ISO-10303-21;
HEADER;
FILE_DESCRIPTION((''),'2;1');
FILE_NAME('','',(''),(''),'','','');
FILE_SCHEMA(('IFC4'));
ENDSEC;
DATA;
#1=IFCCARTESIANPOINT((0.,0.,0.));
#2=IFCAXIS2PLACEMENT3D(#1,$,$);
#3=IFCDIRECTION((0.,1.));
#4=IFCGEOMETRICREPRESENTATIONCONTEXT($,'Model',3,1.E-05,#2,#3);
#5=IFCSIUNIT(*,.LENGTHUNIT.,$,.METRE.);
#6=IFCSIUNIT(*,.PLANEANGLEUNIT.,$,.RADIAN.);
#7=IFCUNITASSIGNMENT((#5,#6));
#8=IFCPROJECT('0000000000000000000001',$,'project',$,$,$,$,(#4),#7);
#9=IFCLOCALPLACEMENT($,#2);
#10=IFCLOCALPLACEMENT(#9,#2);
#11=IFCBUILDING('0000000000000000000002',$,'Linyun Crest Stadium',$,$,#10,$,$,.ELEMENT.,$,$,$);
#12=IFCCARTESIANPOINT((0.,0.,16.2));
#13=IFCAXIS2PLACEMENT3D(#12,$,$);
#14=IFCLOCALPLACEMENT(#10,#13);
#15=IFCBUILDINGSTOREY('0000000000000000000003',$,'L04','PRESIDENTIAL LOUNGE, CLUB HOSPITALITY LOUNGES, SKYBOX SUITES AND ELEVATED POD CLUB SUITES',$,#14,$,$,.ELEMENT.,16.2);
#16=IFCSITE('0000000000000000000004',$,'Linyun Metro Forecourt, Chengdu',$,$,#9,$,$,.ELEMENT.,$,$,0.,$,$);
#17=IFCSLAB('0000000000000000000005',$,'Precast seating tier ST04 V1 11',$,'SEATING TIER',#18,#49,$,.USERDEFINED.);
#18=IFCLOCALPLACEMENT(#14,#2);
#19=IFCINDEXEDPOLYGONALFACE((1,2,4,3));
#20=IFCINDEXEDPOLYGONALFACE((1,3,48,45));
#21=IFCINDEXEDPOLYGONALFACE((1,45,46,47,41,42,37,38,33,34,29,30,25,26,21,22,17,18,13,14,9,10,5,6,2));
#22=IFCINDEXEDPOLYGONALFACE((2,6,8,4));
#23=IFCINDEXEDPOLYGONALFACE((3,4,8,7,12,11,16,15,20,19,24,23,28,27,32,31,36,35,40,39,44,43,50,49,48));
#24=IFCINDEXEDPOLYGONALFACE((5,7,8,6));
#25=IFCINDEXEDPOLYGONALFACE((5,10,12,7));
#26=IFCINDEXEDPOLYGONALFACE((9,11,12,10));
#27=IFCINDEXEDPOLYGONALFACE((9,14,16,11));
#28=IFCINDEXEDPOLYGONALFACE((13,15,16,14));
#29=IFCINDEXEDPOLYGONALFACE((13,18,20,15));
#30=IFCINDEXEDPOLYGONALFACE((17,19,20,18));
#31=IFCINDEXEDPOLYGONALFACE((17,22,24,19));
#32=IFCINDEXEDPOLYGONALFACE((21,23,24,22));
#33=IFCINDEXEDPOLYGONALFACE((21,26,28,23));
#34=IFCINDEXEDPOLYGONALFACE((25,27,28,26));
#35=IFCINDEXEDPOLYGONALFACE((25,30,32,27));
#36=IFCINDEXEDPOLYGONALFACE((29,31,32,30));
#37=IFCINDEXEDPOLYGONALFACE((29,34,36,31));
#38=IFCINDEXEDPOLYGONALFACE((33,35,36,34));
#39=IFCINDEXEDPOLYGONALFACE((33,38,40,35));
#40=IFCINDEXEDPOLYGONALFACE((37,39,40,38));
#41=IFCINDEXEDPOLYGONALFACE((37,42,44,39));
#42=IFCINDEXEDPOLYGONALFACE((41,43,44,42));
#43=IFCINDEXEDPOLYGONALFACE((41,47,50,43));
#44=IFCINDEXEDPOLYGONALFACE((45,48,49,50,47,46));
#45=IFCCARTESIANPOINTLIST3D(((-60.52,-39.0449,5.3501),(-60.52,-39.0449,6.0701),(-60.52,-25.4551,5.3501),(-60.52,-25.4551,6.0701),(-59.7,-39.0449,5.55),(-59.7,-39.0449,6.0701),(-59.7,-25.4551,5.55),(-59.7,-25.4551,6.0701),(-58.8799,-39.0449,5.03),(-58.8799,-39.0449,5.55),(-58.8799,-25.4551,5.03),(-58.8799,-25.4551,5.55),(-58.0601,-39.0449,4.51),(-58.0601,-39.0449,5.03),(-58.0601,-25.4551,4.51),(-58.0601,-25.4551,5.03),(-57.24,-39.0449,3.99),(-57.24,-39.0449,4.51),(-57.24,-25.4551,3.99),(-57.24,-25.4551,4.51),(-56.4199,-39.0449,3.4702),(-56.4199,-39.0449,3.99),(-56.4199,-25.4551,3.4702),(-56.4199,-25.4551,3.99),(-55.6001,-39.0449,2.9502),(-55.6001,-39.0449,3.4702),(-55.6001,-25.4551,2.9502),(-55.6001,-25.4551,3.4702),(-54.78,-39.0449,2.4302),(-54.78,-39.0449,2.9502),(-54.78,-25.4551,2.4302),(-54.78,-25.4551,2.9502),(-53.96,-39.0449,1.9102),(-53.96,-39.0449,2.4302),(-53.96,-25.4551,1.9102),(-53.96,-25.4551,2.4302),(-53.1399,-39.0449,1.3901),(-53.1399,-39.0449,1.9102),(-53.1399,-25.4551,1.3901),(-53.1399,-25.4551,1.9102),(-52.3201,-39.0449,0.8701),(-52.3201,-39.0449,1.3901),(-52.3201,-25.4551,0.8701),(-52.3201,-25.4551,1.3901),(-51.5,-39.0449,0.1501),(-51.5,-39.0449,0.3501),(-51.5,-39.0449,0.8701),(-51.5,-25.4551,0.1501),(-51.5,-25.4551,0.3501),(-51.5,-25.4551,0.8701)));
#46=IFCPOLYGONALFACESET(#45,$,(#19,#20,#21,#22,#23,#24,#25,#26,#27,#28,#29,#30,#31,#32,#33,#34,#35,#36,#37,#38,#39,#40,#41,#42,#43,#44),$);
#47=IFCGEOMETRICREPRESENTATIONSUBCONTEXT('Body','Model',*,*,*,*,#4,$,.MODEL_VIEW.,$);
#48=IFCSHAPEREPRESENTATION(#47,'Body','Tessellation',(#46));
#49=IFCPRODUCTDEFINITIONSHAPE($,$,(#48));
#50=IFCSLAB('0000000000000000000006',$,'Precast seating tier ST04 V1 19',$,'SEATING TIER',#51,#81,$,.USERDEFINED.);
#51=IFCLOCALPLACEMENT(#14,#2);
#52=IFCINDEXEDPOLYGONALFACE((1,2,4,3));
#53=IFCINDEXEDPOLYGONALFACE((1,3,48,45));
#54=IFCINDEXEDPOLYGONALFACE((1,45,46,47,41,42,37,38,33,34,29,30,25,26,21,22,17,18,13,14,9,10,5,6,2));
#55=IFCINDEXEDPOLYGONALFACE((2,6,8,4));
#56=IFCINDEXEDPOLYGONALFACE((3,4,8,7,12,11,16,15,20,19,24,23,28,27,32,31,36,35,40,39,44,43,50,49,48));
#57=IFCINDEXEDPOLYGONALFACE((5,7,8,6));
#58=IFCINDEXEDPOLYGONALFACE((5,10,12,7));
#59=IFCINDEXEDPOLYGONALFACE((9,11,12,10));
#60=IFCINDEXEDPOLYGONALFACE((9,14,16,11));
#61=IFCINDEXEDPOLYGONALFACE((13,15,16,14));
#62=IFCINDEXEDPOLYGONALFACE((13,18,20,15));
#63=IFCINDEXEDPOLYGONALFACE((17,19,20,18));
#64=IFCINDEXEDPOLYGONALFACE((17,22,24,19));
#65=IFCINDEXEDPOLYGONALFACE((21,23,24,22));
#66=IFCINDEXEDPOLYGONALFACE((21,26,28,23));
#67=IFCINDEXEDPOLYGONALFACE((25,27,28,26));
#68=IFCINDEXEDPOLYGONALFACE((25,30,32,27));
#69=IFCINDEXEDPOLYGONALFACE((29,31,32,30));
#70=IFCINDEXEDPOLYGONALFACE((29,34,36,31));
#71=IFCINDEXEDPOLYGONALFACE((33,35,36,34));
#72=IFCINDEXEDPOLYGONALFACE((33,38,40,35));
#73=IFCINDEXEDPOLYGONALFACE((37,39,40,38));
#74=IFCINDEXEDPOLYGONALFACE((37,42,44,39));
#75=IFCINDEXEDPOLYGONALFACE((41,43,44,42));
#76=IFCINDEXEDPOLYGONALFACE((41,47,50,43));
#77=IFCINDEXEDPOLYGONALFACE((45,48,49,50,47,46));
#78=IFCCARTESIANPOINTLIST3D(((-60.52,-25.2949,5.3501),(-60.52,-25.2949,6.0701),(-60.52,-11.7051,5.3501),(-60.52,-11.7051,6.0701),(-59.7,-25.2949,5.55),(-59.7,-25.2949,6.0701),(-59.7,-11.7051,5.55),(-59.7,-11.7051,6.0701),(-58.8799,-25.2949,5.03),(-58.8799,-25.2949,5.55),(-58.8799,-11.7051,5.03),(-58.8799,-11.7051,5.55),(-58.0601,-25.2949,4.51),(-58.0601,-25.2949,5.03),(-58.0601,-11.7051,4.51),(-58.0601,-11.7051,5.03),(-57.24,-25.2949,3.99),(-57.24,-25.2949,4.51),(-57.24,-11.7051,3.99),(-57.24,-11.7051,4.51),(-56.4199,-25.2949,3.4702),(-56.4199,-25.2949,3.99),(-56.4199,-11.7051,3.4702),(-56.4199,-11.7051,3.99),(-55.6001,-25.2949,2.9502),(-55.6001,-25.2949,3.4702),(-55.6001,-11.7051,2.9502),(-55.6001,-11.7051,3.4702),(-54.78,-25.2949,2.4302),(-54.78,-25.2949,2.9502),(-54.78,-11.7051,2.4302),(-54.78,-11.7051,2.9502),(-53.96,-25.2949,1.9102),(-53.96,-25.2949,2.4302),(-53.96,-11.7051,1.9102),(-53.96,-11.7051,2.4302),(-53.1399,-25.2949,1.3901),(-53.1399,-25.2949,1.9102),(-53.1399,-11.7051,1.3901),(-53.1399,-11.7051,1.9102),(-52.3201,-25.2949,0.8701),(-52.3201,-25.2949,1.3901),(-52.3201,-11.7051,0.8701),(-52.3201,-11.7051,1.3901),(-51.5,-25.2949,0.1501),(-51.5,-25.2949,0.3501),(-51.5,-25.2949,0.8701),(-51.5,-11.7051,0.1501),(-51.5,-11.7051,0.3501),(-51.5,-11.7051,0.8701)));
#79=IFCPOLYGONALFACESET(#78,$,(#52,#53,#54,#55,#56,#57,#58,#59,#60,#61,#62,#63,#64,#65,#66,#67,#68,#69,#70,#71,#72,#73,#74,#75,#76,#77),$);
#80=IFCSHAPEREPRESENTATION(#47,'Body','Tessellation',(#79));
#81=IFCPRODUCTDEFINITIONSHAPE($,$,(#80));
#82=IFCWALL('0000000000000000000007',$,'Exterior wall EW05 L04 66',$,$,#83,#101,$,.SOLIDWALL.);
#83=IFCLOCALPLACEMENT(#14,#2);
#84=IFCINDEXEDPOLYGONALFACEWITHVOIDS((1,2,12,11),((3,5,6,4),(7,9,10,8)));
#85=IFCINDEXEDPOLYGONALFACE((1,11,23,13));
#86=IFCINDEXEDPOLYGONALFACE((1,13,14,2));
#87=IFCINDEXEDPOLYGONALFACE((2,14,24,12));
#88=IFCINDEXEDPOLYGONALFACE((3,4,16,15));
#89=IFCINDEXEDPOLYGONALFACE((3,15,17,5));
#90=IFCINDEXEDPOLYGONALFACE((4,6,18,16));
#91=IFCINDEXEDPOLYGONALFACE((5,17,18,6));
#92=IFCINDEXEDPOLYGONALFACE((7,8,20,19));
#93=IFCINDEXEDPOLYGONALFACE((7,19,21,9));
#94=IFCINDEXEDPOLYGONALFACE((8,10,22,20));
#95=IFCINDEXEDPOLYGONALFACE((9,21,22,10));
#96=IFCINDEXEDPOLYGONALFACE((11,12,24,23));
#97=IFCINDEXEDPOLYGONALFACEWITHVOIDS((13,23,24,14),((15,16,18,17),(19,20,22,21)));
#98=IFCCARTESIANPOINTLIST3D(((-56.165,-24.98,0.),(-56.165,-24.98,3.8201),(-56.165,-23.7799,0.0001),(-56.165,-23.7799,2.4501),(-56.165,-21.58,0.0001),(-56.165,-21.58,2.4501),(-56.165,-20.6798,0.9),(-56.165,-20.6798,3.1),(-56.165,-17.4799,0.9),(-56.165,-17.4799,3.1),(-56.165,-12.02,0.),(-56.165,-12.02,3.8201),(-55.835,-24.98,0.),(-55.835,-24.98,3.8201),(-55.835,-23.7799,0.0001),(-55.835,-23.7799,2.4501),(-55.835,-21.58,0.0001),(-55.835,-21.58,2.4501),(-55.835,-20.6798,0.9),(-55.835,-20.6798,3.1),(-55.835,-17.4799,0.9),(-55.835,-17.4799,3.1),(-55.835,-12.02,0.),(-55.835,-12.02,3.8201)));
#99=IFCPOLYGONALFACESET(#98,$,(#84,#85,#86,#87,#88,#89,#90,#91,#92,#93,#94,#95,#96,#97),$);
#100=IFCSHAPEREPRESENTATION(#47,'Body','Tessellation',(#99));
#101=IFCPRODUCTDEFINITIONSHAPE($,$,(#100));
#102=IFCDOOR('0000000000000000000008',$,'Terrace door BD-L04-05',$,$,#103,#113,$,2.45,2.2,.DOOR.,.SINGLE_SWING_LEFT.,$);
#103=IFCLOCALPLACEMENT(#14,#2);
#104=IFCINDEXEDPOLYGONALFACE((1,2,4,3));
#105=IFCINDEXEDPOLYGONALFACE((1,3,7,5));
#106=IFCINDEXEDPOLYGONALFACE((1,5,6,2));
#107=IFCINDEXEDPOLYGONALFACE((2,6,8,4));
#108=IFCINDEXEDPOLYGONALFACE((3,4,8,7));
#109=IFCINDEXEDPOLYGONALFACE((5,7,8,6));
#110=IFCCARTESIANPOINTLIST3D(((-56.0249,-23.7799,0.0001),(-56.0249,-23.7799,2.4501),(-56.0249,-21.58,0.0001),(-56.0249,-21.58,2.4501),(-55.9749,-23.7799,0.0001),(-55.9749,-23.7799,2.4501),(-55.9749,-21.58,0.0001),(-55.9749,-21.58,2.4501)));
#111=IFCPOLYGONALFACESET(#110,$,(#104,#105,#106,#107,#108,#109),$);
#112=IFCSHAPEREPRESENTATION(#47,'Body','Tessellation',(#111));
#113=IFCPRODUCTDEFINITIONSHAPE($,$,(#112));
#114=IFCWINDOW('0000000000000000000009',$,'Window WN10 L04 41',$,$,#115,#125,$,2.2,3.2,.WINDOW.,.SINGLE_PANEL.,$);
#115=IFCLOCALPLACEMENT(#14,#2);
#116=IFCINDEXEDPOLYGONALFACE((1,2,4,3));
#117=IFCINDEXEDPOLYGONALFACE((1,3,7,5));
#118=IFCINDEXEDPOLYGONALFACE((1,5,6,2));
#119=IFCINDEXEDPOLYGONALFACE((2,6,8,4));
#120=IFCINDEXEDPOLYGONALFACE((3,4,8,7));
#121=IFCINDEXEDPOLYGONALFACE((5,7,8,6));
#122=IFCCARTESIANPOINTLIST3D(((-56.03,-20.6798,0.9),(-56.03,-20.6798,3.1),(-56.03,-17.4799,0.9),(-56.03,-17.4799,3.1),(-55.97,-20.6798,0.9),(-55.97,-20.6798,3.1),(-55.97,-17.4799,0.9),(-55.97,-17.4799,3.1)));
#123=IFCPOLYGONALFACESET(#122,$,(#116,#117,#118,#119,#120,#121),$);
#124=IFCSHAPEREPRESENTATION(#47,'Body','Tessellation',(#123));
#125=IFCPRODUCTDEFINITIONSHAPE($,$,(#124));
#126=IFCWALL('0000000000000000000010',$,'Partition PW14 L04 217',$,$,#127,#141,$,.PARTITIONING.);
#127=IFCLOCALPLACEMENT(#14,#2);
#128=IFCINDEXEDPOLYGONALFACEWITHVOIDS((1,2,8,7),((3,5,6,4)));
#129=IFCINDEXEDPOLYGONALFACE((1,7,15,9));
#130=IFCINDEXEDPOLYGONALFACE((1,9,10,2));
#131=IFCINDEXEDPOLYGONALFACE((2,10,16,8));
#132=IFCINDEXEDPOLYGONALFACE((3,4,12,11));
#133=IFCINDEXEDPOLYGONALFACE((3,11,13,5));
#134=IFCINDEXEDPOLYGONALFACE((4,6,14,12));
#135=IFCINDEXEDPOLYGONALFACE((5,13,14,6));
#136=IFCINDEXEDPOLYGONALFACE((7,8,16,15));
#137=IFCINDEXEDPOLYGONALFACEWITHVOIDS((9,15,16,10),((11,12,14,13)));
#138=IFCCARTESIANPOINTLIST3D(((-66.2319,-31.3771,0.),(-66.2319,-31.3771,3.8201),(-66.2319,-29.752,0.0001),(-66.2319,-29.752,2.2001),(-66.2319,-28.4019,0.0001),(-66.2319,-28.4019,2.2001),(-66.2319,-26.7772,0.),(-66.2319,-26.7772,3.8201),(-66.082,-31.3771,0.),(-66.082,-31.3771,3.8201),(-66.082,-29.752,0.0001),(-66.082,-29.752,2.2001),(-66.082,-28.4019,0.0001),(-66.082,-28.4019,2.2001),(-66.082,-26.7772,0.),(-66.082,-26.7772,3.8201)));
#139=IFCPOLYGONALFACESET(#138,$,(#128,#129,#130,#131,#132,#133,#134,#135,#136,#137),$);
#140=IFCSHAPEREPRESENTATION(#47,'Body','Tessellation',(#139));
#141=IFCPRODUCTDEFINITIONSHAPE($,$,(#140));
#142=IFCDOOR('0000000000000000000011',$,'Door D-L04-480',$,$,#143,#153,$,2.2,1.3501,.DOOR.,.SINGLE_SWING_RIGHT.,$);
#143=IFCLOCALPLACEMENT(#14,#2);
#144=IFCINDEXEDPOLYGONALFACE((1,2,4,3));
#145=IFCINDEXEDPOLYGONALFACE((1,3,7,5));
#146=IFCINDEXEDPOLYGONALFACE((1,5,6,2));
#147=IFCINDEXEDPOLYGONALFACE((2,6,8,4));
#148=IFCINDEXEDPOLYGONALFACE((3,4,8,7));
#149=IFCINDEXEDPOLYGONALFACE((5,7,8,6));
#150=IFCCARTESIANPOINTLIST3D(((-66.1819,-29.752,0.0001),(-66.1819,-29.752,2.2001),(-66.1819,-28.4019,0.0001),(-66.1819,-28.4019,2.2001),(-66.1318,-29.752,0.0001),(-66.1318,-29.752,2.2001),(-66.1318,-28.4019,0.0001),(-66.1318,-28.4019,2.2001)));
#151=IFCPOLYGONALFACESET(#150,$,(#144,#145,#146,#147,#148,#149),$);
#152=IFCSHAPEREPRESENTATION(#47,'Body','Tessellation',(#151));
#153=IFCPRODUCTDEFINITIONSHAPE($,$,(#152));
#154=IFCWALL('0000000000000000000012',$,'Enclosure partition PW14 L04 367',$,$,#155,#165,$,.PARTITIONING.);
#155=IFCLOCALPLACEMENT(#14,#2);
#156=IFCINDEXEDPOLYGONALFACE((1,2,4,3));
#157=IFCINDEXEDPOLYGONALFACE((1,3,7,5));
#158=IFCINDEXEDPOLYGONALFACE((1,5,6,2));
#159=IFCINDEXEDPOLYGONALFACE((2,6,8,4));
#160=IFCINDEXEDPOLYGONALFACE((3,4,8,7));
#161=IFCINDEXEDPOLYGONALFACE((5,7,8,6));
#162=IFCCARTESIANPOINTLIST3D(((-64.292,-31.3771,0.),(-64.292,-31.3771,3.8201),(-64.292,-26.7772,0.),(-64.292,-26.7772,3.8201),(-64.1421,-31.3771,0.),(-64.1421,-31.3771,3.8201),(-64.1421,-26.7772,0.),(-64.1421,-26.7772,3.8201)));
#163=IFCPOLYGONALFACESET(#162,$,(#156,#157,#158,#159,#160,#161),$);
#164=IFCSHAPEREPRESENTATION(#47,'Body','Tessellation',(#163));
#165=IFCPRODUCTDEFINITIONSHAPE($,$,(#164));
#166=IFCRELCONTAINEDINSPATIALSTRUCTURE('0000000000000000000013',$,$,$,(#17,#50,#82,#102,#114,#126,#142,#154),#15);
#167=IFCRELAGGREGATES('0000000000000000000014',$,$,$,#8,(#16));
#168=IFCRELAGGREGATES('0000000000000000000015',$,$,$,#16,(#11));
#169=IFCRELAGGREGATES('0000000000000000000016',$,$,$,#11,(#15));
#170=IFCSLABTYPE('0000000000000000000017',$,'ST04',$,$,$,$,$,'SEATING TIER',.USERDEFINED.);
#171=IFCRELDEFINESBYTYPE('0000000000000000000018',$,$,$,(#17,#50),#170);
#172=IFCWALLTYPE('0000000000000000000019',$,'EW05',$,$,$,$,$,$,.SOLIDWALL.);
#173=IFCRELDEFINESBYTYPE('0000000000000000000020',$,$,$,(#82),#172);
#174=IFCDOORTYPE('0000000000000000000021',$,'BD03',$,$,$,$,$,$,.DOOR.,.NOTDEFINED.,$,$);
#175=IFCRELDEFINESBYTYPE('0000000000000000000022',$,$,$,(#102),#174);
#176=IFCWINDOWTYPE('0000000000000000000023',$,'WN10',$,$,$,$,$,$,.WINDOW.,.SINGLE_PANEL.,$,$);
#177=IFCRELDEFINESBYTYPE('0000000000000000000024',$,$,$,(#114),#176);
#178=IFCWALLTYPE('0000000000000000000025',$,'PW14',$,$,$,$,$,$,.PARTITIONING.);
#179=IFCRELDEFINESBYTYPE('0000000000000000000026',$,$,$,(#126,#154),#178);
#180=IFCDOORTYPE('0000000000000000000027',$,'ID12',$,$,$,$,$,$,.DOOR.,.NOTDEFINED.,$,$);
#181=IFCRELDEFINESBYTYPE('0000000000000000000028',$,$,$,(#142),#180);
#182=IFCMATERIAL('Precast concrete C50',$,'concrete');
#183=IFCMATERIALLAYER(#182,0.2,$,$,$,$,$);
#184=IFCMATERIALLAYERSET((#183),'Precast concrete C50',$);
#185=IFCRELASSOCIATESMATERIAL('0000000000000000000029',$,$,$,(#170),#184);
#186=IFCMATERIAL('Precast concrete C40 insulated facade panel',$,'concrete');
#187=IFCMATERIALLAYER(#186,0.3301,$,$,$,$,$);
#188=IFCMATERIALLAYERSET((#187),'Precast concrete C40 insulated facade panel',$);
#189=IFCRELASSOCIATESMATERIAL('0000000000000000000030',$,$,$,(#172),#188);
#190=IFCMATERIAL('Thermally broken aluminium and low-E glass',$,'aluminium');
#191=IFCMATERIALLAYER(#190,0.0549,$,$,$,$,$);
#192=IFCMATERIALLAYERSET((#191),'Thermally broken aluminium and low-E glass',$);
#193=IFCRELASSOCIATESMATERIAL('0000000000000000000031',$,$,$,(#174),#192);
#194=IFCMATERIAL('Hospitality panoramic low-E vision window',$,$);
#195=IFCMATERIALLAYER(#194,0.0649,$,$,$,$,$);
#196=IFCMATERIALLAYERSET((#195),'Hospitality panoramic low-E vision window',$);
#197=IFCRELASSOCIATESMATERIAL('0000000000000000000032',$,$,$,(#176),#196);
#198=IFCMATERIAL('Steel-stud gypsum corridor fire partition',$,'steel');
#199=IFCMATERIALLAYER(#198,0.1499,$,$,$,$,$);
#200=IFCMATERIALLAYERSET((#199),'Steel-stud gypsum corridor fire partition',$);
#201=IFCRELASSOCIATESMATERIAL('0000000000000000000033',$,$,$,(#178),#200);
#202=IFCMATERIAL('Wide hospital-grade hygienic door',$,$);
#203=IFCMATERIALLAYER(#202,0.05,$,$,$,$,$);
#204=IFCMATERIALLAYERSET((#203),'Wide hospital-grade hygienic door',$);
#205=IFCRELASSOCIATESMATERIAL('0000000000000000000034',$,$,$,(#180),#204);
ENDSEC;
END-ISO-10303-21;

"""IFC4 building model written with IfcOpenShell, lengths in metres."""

from ifc_helpers import new_model, si_unit, direction, frame, frame_2d, origin, place, context, subcontext, project, spatial, polyline, rectangle, outline, extrude, material, layer, layer_set, type_object, element, fill, save


model = new_model("IFC4")

# Units and contexts
model_context = context("Model", 3, precision=1e-05, world=origin(), true_north=direction((0.0, 1.0)))
body_context = subcontext(model_context, "Body", "Model", "MODEL_VIEW")
ifc_project = project(units=[si_unit("LENGTHUNIT", "METRE"), si_unit("PLANEANGLEUNIT", "RADIAN")], contexts=[model_context])

# Site, building, storey
site_placement = place(None, origin())
site = spatial("IfcSite", under=ifc_project, at=site_placement, Name="Linyun Metro Forecourt, Chengdu", CompositionType="ELEMENT", RefElevation=0.0)
building_placement = place(site_placement, origin())
building = spatial("IfcBuilding", under=site, at=building_placement, Name="Linyun Crest Stadium", CompositionType="ELEMENT")
storey_placement = place(building_placement, frame((0.0, 0.0, 16.2)))
storey = spatial("IfcBuildingStorey", under=building, at=storey_placement, Name="L04", Description="PRESIDENTIAL LOUNGE, CLUB HOSPITALITY LOUNGES, SKYBOX SUITES AND ELEVATED POD CLUB SUITES", CompositionType="ELEMENT", Elevation=16.2)

# Slabs
ifc_material_1 = material(Name="Precast concrete C50", Category="concrete")
ifc_layer_1 = layer(ifc_material_1, 0.2)
ifc_layer_set_1 = layer_set([ifc_layer_1], Name="Precast concrete C50")
slab_type = type_object("IfcSlabType", Name="ST04", ElementType="SEATING TIER", PredefinedType="USERDEFINED", material=ifc_layer_set_1)
for number, where, z_axis, x_axis, name in (
    (1, (-51.5, -39.0449, 0.3501), (0.0, 0.0, 1.0), (-1.0, 0.0, 0.0), "Precast seating tier ST04 V1 11"),
    (2, (-51.5, -25.2949, 0.3501), (0.0, 0.0, 1.0), (-1.0, 0.0, 0.0), "Precast seating tier ST04 V1 19"),
):
    element("IfcSlab", number, at=place(storey_placement, frame(where, z_axis=z_axis, x_axis=x_axis)), inside=storey, type_object=slab_type, Name=name, ObjectType="SEATING TIER", PredefinedType="USERDEFINED", context=body_context, shape_type="SweptSolid", body=[
        extrude(outline(polyline([(0.0, 0.0), (0.0, 0.52), (0.8201, 0.52), (0.8201, 1.04), (1.6399, 1.04), (1.6399, 1.5601), (2.46, 1.5601), (2.46, 2.0801), (3.28, 2.0801), (3.28, 2.6001), (4.1001, 2.6001), (4.1001, 3.1201), (4.9199, 3.1201), (4.9199, 3.6399), (5.74, 3.6399), (5.74, 4.1599), (6.5601, 4.1599), (6.5601, 4.6799), (7.3799, 4.6799), (7.3799, 5.2), (8.2, 5.2), (8.2, 5.72), (9.02, 5.72), (9.02, 5.0), (0.0, -0.2), (0.0, 0.0)])), frame((0.0, 0.0, 0.0), z_axis=(0.0, -1.0, 0.0), x_axis=(1.0, 0.0, 0.0)), (0.0, 0.0, 1.0), 13.5898),
    ])

# Wall, openings, door, window
ifc_material_2 = material(Name="Precast concrete C40 insulated facade panel", Category="concrete")
ifc_layer_2 = layer(ifc_material_2, 0.3301)
ifc_layer_set_2 = layer_set([ifc_layer_2], Name="Precast concrete C40 insulated facade panel")
wall_type_1 = type_object("IfcWallType", Name="EW05", PredefinedType="SOLIDWALL", material=ifc_layer_set_2)
wall_1_placement = place(storey_placement, frame((-56.0, -24.98, 0.0), z_axis=(0.0, 0.0, 1.0), x_axis=(0.0, 1.0, 0.0)))
wall_1 = element("IfcWall", 3, at=wall_1_placement, inside=storey, type_object=wall_type_1, Name="Exterior wall EW05 L04 66", PredefinedType="SOLIDWALL", context=body_context, shape_type="SweptSolid", body=[
    extrude(rectangle(XDim=12.96, YDim=0.3301, at=frame_2d((6.48, 0.0))), origin(), (0.0, 0.0, 1.0), 3.8201),
])
opening_1_placement = place(wall_1_placement, frame((1.2, 0.0, 0.0)))
opening_1 = element("IfcOpeningElement", 4, at=opening_1_placement, cuts=wall_1, PredefinedType="OPENING", context=body_context, shape_type="SweptSolid", body=[
    extrude(rectangle(XDim=2.2, YDim=2.45, at=frame_2d((1.1001, 1.2251))), frame((0.0, 0.175, 0.0), z_axis=(0.0, -1.0, 0.0), x_axis=(1.0, 0.0, 0.0)), (0.0, 0.0, 1.0), 0.3501),
])
opening_2_placement = place(wall_1_placement, frame((4.3, 0.0, 0.8999)))
opening_2 = element("IfcOpeningElement", 5, at=opening_2_placement, cuts=wall_1, PredefinedType="OPENING", context=body_context, shape_type="SweptSolid", body=[
    extrude(rectangle(XDim=3.2, YDim=2.2, at=frame_2d((1.6001, 1.1001))), frame((0.0, 0.175, 0.0), z_axis=(0.0, -1.0, 0.0), x_axis=(1.0, 0.0, 0.0)), (0.0, 0.0, 1.0), 0.3501),
])
ifc_material_3 = material(Name="Thermally broken aluminium and low-E glass", Category="aluminium")
ifc_layer_3 = layer(ifc_material_3, 0.0549)
ifc_layer_set_3 = layer_set([ifc_layer_3], Name="Thermally broken aluminium and low-E glass")
door_type_1 = type_object("IfcDoorType", Name="BD03", OperationType="NOTDEFINED", PredefinedType="DOOR", material=ifc_layer_set_3)
door_1_placement = place(opening_1_placement, origin())
door_1 = element("IfcDoor", 6, at=door_1_placement, inside=storey, type_object=door_type_1, Name="Terrace door BD-L04-05", OperationType="SINGLE_SWING_LEFT", OverallHeight=2.45, OverallWidth=2.2, PredefinedType="DOOR", context=body_context, shape_type="SweptSolid", body=[
    extrude(rectangle(XDim=2.2, YDim=2.45, at=frame_2d((1.1001, 1.2251))), frame((0.0, 0.0249, 0.0), z_axis=(0.0, -1.0, 0.0), x_axis=(1.0, 0.0, 0.0)), (0.0, 0.0, 1.0), 0.05),
])
fill(opening_1, door_1)
ifc_material_4 = material(Name="Hospitality panoramic low-E vision window")
ifc_layer_4 = layer(ifc_material_4, 0.0649)
ifc_layer_set_4 = layer_set([ifc_layer_4], Name="Hospitality panoramic low-E vision window")
window_type = type_object("IfcWindowType", Name="WN10", PartitioningType="SINGLE_PANEL", PredefinedType="WINDOW", material=ifc_layer_set_4)
window_placement = place(opening_2_placement, origin())
window = element("IfcWindow", 7, at=window_placement, inside=storey, type_object=window_type, Name="Window WN10 L04 41", OverallHeight=2.2, OverallWidth=3.2, PartitioningType="SINGLE_PANEL", PredefinedType="WINDOW", context=body_context, shape_type="SweptSolid", body=[
    extrude(rectangle(XDim=3.2, YDim=2.2, at=frame_2d((1.6001, 1.1001))), frame((0.0, 0.03, 0.0), z_axis=(0.0, -1.0, 0.0), x_axis=(1.0, 0.0, 0.0)), (0.0, 0.0, 1.0), 0.0601),
])
fill(opening_2, window)

# Wall, opening, door
ifc_material_5 = material(Name="Steel-stud gypsum corridor fire partition", Category="steel")
ifc_layer_5 = layer(ifc_material_5, 0.1499)
ifc_layer_set_5 = layer_set([ifc_layer_5], Name="Steel-stud gypsum corridor fire partition")
wall_type_2 = type_object("IfcWallType", Name="PW14", PredefinedType="PARTITIONING", material=ifc_layer_set_5)
wall_2_placement = place(storey_placement, frame((-66.157, -31.377, 0.0), z_axis=(0.0, 0.0, 1.0), x_axis=(0.0, 1.0, 0.0)))
wall_2 = element("IfcWall", 8, at=wall_2_placement, inside=storey, type_object=wall_type_2, Name="Partition PW14 L04 217", PredefinedType="PARTITIONING", context=body_context, shape_type="SweptSolid", body=[
    extrude(rectangle(XDim=4.5999, YDim=0.1499, at=frame_2d((2.2998, 0.0))), origin(), (0.0, 0.0, 1.0), 3.8201),
])
opening_3_placement = place(wall_2_placement, frame((1.625, 0.0, 0.0)))
opening_3 = element("IfcOpeningElement", 9, at=opening_3_placement, cuts=wall_2, PredefinedType="OPENING", context=body_context, shape_type="SweptSolid", body=[
    extrude(rectangle(XDim=1.3501, YDim=2.2, at=frame_2d((0.675, 1.1001))), frame((0.0, 0.085, 0.0), z_axis=(0.0, -1.0, 0.0), x_axis=(1.0, 0.0, 0.0)), (0.0, 0.0, 1.0), 0.1699),
])
ifc_material_6 = material(Name="Wide hospital-grade hygienic door")
ifc_layer_6 = layer(ifc_material_6, 0.05)
ifc_layer_set_6 = layer_set([ifc_layer_6], Name="Wide hospital-grade hygienic door")
door_type_2 = type_object("IfcDoorType", Name="ID12", OperationType="NOTDEFINED", PredefinedType="DOOR", material=ifc_layer_set_6)
door_2_placement = place(opening_3_placement, origin())
door_2 = element("IfcDoor", 10, at=door_2_placement, inside=storey, type_object=door_type_2, Name="Door D-L04-480", OperationType="SINGLE_SWING_RIGHT", OverallHeight=2.2, OverallWidth=1.3501, PredefinedType="DOOR", context=body_context, shape_type="SweptSolid", body=[
    extrude(rectangle(XDim=1.3501, YDim=2.2, at=frame_2d((0.675, 1.1001))), frame((0.0, 0.0249, 0.0), z_axis=(0.0, -1.0, 0.0), x_axis=(1.0, 0.0, 0.0)), (0.0, 0.0, 1.0), 0.05),
])
fill(opening_3, door_2)

# Wall
wall_3_placement = place(storey_placement, frame((-64.217, -31.377, 0.0), z_axis=(0.0, 0.0, 1.0), x_axis=(0.0, 1.0, 0.0)))
element("IfcWall", 11, at=wall_3_placement, inside=storey, type_object=wall_type_2, Name="Enclosure partition PW14 L04 367", PredefinedType="PARTITIONING", context=body_context, shape_type="SweptSolid", body=[
    extrude(rectangle(XDim=4.5999, YDim=0.1499, at=frame_2d((2.2998, 0.0))), origin(), (0.0, 0.0, 1.0), 3.8201),
])

save(model, "model.ifc")
